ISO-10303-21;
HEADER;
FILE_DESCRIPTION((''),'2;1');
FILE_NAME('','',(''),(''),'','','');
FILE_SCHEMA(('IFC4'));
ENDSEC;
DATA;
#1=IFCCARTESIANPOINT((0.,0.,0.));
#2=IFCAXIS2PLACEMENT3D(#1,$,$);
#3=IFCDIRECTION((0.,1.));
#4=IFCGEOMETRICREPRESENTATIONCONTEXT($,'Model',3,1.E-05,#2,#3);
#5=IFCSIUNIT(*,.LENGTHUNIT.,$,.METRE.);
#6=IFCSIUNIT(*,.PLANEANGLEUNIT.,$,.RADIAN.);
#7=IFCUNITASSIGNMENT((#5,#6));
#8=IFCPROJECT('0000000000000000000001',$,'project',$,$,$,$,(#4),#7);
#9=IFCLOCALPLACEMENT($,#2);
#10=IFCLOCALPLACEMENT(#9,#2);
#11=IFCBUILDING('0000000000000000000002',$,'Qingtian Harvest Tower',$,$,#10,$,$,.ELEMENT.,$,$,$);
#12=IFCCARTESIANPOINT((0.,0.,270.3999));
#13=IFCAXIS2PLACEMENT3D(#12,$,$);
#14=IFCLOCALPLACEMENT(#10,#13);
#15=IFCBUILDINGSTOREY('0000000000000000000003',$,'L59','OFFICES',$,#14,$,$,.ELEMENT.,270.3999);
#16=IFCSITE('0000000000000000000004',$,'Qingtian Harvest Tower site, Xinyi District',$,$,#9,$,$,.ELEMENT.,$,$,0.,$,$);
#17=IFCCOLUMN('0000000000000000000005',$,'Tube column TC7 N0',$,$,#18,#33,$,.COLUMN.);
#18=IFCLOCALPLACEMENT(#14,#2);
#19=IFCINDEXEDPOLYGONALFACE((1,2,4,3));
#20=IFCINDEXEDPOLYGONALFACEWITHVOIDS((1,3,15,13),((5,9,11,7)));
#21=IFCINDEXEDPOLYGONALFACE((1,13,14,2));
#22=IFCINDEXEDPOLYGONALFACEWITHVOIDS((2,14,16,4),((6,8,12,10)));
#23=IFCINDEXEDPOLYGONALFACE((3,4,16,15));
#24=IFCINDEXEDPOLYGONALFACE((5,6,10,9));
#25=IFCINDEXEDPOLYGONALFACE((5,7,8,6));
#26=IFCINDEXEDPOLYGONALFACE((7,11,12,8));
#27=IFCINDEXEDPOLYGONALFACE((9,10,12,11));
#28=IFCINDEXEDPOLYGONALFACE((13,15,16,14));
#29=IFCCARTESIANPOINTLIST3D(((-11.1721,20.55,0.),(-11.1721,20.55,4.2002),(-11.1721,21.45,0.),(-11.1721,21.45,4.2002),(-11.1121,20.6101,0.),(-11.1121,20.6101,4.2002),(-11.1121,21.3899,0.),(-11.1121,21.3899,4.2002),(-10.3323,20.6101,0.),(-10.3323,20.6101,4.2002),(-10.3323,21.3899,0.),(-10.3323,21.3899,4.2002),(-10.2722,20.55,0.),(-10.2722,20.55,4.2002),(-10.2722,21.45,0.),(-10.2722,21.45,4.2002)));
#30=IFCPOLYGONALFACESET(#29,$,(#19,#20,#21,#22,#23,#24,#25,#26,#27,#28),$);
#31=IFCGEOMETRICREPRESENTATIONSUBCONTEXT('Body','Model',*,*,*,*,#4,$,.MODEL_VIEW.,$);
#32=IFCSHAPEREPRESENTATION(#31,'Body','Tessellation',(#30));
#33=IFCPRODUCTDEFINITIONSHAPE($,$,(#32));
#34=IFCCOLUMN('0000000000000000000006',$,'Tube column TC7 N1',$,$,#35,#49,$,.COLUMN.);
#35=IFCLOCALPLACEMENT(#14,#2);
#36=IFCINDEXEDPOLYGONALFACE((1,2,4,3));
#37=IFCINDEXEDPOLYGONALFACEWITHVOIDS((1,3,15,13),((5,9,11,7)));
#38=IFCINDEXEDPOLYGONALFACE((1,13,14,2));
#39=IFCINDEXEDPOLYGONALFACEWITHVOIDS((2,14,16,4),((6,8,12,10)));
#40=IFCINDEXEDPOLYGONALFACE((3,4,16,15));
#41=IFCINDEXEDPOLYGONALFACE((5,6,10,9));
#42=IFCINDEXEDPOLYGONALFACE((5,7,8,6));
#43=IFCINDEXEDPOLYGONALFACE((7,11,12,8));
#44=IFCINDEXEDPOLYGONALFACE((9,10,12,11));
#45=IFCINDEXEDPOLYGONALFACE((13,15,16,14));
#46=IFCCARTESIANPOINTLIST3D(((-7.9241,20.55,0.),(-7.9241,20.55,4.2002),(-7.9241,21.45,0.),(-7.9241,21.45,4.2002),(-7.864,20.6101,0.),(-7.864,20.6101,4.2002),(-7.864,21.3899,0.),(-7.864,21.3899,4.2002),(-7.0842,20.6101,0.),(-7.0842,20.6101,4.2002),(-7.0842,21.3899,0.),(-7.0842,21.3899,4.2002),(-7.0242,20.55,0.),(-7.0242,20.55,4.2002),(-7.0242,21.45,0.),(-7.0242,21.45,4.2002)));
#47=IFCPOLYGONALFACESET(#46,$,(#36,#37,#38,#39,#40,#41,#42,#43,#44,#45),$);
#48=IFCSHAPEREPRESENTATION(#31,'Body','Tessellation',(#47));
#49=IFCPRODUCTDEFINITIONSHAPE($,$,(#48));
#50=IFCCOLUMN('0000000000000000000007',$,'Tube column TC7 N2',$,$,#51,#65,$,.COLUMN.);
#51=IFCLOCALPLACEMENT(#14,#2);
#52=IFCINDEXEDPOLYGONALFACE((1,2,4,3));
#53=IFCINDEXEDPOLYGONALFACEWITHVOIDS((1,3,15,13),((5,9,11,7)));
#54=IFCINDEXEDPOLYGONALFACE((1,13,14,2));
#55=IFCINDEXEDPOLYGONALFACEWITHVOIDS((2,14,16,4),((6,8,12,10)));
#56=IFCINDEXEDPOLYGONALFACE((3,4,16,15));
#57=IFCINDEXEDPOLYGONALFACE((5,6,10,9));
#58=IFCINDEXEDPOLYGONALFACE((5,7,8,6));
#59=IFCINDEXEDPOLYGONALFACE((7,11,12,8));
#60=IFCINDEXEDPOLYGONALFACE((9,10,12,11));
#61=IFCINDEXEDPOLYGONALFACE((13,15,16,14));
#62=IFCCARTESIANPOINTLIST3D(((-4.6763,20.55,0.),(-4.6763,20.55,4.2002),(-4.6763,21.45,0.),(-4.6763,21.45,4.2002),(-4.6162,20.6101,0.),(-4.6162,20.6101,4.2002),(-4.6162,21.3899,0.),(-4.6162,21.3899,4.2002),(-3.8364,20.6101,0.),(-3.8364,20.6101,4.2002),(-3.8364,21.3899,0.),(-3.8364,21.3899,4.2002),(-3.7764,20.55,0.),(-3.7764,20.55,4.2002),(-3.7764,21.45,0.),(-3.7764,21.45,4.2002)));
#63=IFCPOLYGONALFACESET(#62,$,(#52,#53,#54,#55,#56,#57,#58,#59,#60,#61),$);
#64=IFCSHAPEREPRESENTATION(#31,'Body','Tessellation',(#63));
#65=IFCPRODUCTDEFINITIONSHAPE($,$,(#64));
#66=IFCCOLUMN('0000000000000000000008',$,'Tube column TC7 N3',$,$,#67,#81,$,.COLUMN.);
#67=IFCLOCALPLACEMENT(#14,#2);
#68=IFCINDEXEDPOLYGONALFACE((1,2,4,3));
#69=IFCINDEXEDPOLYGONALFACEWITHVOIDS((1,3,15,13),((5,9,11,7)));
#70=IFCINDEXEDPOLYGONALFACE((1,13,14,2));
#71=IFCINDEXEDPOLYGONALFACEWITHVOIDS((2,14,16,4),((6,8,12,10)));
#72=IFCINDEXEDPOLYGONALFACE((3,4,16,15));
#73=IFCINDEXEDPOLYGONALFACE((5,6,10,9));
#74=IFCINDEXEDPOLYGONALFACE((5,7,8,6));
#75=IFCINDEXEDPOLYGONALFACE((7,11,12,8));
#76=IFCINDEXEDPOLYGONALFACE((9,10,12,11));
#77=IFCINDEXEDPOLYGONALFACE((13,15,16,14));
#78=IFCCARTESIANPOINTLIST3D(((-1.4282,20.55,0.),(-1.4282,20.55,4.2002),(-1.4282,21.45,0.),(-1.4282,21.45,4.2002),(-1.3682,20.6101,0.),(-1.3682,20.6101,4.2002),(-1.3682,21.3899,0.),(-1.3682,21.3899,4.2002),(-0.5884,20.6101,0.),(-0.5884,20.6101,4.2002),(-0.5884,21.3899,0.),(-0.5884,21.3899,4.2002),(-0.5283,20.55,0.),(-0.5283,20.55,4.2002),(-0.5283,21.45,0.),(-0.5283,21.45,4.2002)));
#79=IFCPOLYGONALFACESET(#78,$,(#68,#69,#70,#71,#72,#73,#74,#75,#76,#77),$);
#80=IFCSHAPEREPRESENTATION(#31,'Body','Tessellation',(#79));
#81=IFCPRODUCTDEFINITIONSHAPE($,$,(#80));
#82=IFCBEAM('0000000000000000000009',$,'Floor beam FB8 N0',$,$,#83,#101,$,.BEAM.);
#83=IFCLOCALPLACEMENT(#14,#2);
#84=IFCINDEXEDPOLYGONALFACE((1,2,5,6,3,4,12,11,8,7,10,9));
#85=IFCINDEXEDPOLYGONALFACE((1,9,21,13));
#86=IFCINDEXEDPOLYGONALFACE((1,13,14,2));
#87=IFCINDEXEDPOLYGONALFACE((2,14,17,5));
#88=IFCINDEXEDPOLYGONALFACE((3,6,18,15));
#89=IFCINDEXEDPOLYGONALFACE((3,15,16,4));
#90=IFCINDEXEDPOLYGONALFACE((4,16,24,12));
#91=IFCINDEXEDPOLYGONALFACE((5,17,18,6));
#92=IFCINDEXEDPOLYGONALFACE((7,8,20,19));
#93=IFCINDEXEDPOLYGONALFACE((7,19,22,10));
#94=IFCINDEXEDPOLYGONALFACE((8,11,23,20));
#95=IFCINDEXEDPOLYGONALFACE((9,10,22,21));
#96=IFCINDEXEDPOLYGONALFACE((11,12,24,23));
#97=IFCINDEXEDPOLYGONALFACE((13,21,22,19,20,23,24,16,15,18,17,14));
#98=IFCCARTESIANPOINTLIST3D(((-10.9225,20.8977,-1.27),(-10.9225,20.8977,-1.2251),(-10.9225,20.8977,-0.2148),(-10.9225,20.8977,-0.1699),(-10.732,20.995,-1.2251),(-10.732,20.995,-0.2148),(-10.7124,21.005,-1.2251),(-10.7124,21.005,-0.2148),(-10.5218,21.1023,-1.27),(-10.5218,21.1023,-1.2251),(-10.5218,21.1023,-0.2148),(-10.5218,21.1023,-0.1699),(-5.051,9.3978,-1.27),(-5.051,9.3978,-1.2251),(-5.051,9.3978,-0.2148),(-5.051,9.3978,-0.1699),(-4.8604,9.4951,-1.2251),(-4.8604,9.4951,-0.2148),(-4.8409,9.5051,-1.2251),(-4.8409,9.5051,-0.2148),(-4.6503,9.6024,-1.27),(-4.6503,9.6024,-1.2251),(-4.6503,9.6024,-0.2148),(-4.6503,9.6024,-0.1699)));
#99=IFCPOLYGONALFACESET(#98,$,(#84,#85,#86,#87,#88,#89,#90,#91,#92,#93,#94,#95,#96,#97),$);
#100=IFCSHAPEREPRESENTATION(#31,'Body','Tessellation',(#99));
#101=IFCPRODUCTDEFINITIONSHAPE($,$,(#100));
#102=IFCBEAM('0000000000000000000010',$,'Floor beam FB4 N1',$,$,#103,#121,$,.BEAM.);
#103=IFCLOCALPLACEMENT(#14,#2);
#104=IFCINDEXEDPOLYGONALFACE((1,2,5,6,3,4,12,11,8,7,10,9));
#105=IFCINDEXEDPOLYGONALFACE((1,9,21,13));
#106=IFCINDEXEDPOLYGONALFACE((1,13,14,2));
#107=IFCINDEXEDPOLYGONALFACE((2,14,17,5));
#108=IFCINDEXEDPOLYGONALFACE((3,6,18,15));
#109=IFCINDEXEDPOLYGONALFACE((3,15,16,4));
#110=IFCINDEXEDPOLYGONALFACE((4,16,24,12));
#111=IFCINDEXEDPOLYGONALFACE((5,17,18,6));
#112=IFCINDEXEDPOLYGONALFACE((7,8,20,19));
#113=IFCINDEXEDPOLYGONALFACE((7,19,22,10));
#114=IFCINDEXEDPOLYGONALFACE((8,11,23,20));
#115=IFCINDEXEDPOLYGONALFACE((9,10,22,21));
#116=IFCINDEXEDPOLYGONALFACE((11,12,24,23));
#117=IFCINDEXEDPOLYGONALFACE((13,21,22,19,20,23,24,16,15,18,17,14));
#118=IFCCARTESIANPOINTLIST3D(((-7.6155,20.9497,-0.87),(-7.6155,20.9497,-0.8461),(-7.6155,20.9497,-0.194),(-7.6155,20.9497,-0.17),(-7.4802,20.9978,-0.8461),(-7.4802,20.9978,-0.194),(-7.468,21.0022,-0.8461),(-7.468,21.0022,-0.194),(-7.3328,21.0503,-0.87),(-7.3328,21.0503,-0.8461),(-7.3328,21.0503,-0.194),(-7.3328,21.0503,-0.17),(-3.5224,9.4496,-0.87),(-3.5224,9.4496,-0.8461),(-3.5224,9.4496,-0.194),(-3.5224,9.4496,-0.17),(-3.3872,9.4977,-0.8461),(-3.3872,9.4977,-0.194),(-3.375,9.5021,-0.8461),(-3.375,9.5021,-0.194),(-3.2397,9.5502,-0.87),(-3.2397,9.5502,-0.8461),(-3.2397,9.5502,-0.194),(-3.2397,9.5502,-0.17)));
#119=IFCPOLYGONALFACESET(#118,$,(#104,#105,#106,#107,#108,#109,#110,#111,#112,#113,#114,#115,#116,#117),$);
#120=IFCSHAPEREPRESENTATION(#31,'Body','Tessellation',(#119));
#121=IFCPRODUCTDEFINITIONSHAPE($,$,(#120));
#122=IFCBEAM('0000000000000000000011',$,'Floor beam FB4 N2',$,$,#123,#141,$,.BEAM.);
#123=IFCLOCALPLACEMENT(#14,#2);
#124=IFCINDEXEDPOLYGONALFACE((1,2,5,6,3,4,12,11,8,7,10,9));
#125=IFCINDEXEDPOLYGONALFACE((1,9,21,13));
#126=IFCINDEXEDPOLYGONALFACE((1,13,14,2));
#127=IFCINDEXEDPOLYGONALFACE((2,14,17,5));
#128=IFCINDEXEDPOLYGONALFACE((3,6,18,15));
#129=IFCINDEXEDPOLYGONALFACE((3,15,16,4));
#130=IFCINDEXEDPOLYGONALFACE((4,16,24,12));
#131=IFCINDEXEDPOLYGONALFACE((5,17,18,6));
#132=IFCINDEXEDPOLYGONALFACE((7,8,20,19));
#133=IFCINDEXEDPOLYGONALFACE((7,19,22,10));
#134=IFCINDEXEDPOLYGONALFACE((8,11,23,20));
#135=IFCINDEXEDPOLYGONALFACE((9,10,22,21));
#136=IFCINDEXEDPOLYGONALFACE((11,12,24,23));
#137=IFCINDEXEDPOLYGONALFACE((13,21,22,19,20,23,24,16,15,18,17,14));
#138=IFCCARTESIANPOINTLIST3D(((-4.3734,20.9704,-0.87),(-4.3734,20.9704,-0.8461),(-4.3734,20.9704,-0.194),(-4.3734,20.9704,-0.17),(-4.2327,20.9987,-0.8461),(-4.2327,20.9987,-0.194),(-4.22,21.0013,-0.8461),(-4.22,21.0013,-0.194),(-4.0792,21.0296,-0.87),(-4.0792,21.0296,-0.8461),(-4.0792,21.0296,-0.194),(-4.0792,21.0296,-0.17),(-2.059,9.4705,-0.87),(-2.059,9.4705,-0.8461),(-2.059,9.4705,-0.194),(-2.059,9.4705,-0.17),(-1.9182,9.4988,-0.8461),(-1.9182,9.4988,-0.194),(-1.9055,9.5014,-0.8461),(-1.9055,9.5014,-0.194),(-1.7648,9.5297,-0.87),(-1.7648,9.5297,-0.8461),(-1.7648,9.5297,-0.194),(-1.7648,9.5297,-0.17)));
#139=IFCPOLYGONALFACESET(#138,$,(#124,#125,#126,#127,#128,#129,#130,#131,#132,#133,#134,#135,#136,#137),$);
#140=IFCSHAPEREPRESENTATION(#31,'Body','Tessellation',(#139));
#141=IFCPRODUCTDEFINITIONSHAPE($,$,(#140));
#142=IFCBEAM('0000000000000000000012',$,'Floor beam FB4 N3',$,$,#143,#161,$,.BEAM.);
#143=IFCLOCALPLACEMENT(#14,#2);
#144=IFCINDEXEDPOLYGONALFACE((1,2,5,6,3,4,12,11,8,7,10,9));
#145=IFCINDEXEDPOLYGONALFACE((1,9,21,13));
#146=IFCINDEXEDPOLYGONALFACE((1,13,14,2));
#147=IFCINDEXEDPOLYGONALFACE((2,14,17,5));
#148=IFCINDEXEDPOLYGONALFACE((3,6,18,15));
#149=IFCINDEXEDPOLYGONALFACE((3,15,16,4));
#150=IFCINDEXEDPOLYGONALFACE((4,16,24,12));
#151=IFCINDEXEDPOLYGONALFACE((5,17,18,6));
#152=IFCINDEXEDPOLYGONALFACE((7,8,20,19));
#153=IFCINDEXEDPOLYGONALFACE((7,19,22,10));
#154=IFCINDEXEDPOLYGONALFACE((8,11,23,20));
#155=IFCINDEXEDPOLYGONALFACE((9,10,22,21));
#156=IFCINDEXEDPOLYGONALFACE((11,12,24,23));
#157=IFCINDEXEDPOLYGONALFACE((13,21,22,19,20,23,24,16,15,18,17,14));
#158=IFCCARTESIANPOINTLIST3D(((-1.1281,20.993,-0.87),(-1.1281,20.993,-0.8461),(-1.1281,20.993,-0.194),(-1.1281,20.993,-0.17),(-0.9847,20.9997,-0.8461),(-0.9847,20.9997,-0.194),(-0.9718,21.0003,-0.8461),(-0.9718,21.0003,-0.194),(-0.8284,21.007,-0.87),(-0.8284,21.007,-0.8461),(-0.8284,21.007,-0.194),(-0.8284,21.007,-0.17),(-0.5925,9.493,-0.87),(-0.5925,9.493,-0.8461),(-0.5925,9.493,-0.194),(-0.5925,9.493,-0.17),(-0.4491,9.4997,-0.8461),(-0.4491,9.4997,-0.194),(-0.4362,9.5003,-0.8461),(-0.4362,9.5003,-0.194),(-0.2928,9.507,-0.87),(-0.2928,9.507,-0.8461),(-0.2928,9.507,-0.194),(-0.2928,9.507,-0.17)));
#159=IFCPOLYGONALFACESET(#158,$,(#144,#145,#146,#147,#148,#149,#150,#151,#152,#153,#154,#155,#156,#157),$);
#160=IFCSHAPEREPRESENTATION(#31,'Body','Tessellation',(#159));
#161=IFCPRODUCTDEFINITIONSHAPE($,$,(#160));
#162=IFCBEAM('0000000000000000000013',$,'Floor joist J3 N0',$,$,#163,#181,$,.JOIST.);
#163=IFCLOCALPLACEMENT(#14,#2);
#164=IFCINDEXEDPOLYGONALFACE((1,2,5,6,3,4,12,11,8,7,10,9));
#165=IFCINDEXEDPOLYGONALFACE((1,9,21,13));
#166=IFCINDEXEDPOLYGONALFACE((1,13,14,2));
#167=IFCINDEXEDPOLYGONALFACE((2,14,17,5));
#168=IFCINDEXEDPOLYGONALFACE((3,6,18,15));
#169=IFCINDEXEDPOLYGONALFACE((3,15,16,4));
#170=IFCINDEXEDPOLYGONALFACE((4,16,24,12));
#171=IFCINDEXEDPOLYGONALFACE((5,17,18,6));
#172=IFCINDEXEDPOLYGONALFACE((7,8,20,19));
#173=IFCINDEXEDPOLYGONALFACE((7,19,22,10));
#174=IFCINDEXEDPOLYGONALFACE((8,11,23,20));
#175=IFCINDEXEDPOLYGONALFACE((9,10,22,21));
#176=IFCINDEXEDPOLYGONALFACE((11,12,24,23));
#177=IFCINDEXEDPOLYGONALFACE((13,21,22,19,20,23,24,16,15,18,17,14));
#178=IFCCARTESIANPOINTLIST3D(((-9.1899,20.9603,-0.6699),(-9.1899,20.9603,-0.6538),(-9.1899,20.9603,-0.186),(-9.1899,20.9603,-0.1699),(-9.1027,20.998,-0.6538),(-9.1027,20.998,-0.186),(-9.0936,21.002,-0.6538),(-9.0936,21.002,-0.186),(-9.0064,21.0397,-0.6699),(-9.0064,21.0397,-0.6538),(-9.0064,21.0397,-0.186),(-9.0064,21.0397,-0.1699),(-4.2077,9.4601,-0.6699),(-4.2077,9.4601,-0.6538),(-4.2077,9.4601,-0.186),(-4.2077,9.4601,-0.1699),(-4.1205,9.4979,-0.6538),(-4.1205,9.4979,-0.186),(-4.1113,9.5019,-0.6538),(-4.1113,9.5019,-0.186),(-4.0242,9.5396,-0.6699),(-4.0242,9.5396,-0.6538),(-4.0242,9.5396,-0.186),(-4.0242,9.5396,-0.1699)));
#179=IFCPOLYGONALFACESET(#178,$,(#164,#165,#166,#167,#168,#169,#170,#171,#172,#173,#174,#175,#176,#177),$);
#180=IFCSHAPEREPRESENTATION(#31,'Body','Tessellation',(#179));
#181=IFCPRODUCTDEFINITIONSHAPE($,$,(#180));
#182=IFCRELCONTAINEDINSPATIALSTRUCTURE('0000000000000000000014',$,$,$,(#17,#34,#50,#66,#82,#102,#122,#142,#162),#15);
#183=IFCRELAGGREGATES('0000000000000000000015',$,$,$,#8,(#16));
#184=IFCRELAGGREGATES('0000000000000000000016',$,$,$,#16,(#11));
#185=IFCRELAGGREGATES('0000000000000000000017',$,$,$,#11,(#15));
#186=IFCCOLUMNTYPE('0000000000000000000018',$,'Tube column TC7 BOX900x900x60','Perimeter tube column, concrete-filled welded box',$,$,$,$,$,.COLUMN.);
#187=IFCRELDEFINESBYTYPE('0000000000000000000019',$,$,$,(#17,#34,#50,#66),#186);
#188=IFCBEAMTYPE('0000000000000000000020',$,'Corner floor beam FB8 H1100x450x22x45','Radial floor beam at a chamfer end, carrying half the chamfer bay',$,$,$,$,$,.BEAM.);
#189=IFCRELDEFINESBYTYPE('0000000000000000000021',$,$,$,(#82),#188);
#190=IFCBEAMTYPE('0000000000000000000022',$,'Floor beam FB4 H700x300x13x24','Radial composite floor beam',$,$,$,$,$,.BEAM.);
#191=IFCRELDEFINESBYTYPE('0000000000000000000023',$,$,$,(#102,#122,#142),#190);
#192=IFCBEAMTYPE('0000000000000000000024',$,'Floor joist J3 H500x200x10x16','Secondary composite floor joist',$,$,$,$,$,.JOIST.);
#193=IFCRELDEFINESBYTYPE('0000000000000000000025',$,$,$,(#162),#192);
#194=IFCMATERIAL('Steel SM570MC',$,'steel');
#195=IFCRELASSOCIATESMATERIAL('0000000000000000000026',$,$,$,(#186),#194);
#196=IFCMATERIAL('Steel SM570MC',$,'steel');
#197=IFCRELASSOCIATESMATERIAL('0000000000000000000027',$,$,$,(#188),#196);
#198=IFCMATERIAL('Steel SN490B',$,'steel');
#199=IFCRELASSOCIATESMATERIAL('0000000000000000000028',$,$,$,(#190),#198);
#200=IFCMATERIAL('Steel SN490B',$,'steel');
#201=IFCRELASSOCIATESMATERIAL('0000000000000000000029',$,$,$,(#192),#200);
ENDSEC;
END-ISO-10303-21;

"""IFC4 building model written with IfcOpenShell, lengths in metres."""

from ifc_helpers import new_model, si_unit, direction, frame, origin, origin_2d, place, context, subcontext, project, spatial, hollow_rectangle, i_section, extrude, material, material_profile, profile_set, type_object, element, save


model = new_model("IFC4")

# Units and contexts
model_context = context("Model", 3, precision=1e-05, world=origin(), true_north=direction((0.0, 1.0)))
body_context = subcontext(model_context, "Body", "Model", "MODEL_VIEW")
ifc_project = project(units=[si_unit("LENGTHUNIT", "METRE"), si_unit("PLANEANGLEUNIT", "RADIAN")], contexts=[model_context])

# Site, building, storey
site_placement = place(None, origin())
site = spatial("IfcSite", under=ifc_project, at=site_placement, Name="Qingtian Harvest Tower site, Xinyi District", CompositionType="ELEMENT", RefElevation=0.0)
building_placement = place(site_placement, origin())
building = spatial("IfcBuilding", under=site, at=building_placement, Name="Qingtian Harvest Tower", CompositionType="ELEMENT")
storey_placement = place(building_placement, frame((0.0, 0.0, 270.3999)))
storey = spatial("IfcBuildingStorey", under=building, at=storey_placement, Name="L59", Description="OFFICES", CompositionType="ELEMENT", Elevation=270.3999)

# Columns
ifc_material_1 = material(Name="Steel SM570MC", Category="steel")
ifc_material_profile_1 = material_profile(ifc_material_1, hollow_rectangle(XDim=0.8999, YDim=0.8999, WallThickness=0.0601, at=origin_2d()), Name="BOX900x900x60")
ifc_profile_set_1 = profile_set([ifc_material_profile_1], Name="Steel SM570MC")
column_type = type_object("IfcColumnType", Name="Tube column TC7 BOX900x900x60", Description="Perimeter tube column, concrete-filled welded box", PredefinedType="COLUMN", material=ifc_profile_set_1)
for number, where, z_axis, x_axis, name in (
    (1, (-10.7222, 21.0, 0.0), (0.0, 0.0, 1.0), (-1.0, 0.0, 0.0), "Tube column TC7 N0"),
    (2, (-7.4741, 21.0, 0.0), (0.0, 0.0, 1.0), (-1.0, 0.0, 0.0), "Tube column TC7 N1"),
    (3, (-4.2263, 21.0, 0.0), (0.0, 0.0, 1.0), (-1.0, 0.0, 0.0), "Tube column TC7 N2"),
    (4, (-0.9783, 21.0, 0.0), (0.0, 0.0, 1.0), (-1.0, 0.0, 0.0), "Tube column TC7 N3"),
):
    element("IfcColumn", number, at=place(storey_placement, frame(where, z_axis=z_axis, x_axis=x_axis)), inside=storey, type_object=column_type, Name=name, PredefinedType="COLUMN", context=body_context, shape_type="SweptSolid", body=[
        extrude(hollow_rectangle(XDim=0.8999, YDim=0.8999, WallThickness=0.0601, at=origin_2d()), origin(), (0.0, 0.0, 1.0), 4.2002),
    ])

# Beams
ifc_material_2 = material(Name="Steel SM570MC", Category="steel")
ifc_material_profile_2 = material_profile(ifc_material_2, i_section(OverallWidth=0.45, OverallDepth=1.1001, WebThickness=0.022, FlangeThickness=0.0449, at=origin_2d()), Name="H1100x450x22x45")
ifc_profile_set_2 = profile_set([ifc_material_profile_2], Name="Steel SM570MC")
beam_type_1 = type_object("IfcBeamType", Name="Corner floor beam FB8 H1100x450x22x45", Description="Radial floor beam at a chamfer end, carrying half the chamfer bay", PredefinedType="BEAM", material=ifc_profile_set_2)
beam_1_placement = place(storey_placement, frame((-10.7222, 21.0, -0.72), z_axis=(0.454731, -0.890629, 0.0), x_axis=(0.890629, 0.454731, 0.0)))
element("IfcBeam", 5, at=beam_1_placement, inside=storey, type_object=beam_type_1, Name="Floor beam FB8 N0", PredefinedType="BEAM", context=body_context, shape_type="SweptSolid", body=[
    extrude(i_section(OverallWidth=0.45, OverallDepth=1.1001, WebThickness=0.022, FlangeThickness=0.0449, at=origin_2d()), origin(), (0.0, 0.0, 1.0), 12.9121),
])
ifc_material_3 = material(Name="Steel SN490B", Category="steel")
ifc_material_profile_3 = material_profile(ifc_material_3, i_section(OverallWidth=0.3, OverallDepth=0.7, WebThickness=0.0129, FlangeThickness=0.0239, at=origin_2d()), Name="H700x300x13x24")
ifc_profile_set_3 = profile_set([ifc_material_profile_3], Name="Steel SN490B")
beam_type_2 = type_object("IfcBeamType", Name="Floor beam FB4 H700x300x13x24", Description="Radial composite floor beam", PredefinedType="BEAM", material=ifc_profile_set_3)
beam_2_placement = place(storey_placement, frame((-7.4741, 21.0, -0.52), z_axis=(0.33531, -0.942108, 0.0), x_axis=(0.942108, 0.33531, 0.0)))
element("IfcBeam", 6, at=beam_2_placement, inside=storey, type_object=beam_type_2, Name="Floor beam FB4 N1", PredefinedType="BEAM", context=body_context, shape_type="SweptSolid", body=[
    extrude(i_section(OverallWidth=0.3, OverallDepth=0.7, WebThickness=0.0129, FlangeThickness=0.0239, at=origin_2d()), origin(), (0.0, 0.0, 1.0), 12.2068),
])
beam_3_placement = place(storey_placement, frame((-4.2263, 21.0, -0.52), z_axis=(0.197301, -0.980343, 0.0), x_axis=(0.980343, 0.197301, 0.0)))
element("IfcBeam", 7, at=beam_3_placement, inside=storey, type_object=beam_type_2, Name="Floor beam FB4 N2", PredefinedType="BEAM", context=body_context, shape_type="SweptSolid", body=[
    extrude(i_section(OverallWidth=0.3, OverallDepth=0.7, WebThickness=0.0129, FlangeThickness=0.0239, at=origin_2d()), origin(), (0.0, 0.0, 1.0), 11.7305),
])
beam_4_placement = place(storey_placement, frame((-0.9783, 21.0, -0.52), z_axis=(0.046527, -0.998917, 0.0), x_axis=(0.998917, 0.046527, 0.0)))
element("IfcBeam", 8, at=beam_4_placement, inside=storey, type_object=beam_type_2, Name="Floor beam FB4 N3", PredefinedType="BEAM", context=body_context, shape_type="SweptSolid", body=[
    extrude(i_section(OverallWidth=0.3, OverallDepth=0.7, WebThickness=0.0129, FlangeThickness=0.0239, at=origin_2d()), origin(), (0.0, 0.0, 1.0), 11.5125),
])
ifc_material_4 = material(Name="Steel SN490B", Category="steel")
ifc_material_profile_4 = material_profile(ifc_material_4, i_section(OverallWidth=0.2, OverallDepth=0.5, WebThickness=0.01, FlangeThickness=0.0161, at=origin_2d()), Name="H500x200x10x16")
ifc_profile_set_4 = profile_set([ifc_material_profile_4], Name="Steel SN490B")
beam_type_3 = type_object("IfcBeamType", Name="Floor joist J3 H500x200x10x16", Description="Secondary composite floor joist", PredefinedType="JOIST", material=ifc_profile_set_4)
beam_5_placement = place(storey_placement, frame((-9.0981, 21.0, -0.4199), z_axis=(0.39753, -0.917589, 0.0), x_axis=(0.917589, 0.39753, 0.0)))
element("IfcBeam", 9, at=beam_5_placement, inside=storey, type_object=beam_type_3, Name="Floor joist J3 N0", PredefinedType="JOIST", context=body_context, shape_type="SweptSolid", body=[
    extrude(i_section(OverallWidth=0.2, OverallDepth=0.5, WebThickness=0.01, FlangeThickness=0.0161, at=origin_2d()), origin(), (0.0, 0.0, 1.0), 12.533),
])

save(model, "model.ifc")
